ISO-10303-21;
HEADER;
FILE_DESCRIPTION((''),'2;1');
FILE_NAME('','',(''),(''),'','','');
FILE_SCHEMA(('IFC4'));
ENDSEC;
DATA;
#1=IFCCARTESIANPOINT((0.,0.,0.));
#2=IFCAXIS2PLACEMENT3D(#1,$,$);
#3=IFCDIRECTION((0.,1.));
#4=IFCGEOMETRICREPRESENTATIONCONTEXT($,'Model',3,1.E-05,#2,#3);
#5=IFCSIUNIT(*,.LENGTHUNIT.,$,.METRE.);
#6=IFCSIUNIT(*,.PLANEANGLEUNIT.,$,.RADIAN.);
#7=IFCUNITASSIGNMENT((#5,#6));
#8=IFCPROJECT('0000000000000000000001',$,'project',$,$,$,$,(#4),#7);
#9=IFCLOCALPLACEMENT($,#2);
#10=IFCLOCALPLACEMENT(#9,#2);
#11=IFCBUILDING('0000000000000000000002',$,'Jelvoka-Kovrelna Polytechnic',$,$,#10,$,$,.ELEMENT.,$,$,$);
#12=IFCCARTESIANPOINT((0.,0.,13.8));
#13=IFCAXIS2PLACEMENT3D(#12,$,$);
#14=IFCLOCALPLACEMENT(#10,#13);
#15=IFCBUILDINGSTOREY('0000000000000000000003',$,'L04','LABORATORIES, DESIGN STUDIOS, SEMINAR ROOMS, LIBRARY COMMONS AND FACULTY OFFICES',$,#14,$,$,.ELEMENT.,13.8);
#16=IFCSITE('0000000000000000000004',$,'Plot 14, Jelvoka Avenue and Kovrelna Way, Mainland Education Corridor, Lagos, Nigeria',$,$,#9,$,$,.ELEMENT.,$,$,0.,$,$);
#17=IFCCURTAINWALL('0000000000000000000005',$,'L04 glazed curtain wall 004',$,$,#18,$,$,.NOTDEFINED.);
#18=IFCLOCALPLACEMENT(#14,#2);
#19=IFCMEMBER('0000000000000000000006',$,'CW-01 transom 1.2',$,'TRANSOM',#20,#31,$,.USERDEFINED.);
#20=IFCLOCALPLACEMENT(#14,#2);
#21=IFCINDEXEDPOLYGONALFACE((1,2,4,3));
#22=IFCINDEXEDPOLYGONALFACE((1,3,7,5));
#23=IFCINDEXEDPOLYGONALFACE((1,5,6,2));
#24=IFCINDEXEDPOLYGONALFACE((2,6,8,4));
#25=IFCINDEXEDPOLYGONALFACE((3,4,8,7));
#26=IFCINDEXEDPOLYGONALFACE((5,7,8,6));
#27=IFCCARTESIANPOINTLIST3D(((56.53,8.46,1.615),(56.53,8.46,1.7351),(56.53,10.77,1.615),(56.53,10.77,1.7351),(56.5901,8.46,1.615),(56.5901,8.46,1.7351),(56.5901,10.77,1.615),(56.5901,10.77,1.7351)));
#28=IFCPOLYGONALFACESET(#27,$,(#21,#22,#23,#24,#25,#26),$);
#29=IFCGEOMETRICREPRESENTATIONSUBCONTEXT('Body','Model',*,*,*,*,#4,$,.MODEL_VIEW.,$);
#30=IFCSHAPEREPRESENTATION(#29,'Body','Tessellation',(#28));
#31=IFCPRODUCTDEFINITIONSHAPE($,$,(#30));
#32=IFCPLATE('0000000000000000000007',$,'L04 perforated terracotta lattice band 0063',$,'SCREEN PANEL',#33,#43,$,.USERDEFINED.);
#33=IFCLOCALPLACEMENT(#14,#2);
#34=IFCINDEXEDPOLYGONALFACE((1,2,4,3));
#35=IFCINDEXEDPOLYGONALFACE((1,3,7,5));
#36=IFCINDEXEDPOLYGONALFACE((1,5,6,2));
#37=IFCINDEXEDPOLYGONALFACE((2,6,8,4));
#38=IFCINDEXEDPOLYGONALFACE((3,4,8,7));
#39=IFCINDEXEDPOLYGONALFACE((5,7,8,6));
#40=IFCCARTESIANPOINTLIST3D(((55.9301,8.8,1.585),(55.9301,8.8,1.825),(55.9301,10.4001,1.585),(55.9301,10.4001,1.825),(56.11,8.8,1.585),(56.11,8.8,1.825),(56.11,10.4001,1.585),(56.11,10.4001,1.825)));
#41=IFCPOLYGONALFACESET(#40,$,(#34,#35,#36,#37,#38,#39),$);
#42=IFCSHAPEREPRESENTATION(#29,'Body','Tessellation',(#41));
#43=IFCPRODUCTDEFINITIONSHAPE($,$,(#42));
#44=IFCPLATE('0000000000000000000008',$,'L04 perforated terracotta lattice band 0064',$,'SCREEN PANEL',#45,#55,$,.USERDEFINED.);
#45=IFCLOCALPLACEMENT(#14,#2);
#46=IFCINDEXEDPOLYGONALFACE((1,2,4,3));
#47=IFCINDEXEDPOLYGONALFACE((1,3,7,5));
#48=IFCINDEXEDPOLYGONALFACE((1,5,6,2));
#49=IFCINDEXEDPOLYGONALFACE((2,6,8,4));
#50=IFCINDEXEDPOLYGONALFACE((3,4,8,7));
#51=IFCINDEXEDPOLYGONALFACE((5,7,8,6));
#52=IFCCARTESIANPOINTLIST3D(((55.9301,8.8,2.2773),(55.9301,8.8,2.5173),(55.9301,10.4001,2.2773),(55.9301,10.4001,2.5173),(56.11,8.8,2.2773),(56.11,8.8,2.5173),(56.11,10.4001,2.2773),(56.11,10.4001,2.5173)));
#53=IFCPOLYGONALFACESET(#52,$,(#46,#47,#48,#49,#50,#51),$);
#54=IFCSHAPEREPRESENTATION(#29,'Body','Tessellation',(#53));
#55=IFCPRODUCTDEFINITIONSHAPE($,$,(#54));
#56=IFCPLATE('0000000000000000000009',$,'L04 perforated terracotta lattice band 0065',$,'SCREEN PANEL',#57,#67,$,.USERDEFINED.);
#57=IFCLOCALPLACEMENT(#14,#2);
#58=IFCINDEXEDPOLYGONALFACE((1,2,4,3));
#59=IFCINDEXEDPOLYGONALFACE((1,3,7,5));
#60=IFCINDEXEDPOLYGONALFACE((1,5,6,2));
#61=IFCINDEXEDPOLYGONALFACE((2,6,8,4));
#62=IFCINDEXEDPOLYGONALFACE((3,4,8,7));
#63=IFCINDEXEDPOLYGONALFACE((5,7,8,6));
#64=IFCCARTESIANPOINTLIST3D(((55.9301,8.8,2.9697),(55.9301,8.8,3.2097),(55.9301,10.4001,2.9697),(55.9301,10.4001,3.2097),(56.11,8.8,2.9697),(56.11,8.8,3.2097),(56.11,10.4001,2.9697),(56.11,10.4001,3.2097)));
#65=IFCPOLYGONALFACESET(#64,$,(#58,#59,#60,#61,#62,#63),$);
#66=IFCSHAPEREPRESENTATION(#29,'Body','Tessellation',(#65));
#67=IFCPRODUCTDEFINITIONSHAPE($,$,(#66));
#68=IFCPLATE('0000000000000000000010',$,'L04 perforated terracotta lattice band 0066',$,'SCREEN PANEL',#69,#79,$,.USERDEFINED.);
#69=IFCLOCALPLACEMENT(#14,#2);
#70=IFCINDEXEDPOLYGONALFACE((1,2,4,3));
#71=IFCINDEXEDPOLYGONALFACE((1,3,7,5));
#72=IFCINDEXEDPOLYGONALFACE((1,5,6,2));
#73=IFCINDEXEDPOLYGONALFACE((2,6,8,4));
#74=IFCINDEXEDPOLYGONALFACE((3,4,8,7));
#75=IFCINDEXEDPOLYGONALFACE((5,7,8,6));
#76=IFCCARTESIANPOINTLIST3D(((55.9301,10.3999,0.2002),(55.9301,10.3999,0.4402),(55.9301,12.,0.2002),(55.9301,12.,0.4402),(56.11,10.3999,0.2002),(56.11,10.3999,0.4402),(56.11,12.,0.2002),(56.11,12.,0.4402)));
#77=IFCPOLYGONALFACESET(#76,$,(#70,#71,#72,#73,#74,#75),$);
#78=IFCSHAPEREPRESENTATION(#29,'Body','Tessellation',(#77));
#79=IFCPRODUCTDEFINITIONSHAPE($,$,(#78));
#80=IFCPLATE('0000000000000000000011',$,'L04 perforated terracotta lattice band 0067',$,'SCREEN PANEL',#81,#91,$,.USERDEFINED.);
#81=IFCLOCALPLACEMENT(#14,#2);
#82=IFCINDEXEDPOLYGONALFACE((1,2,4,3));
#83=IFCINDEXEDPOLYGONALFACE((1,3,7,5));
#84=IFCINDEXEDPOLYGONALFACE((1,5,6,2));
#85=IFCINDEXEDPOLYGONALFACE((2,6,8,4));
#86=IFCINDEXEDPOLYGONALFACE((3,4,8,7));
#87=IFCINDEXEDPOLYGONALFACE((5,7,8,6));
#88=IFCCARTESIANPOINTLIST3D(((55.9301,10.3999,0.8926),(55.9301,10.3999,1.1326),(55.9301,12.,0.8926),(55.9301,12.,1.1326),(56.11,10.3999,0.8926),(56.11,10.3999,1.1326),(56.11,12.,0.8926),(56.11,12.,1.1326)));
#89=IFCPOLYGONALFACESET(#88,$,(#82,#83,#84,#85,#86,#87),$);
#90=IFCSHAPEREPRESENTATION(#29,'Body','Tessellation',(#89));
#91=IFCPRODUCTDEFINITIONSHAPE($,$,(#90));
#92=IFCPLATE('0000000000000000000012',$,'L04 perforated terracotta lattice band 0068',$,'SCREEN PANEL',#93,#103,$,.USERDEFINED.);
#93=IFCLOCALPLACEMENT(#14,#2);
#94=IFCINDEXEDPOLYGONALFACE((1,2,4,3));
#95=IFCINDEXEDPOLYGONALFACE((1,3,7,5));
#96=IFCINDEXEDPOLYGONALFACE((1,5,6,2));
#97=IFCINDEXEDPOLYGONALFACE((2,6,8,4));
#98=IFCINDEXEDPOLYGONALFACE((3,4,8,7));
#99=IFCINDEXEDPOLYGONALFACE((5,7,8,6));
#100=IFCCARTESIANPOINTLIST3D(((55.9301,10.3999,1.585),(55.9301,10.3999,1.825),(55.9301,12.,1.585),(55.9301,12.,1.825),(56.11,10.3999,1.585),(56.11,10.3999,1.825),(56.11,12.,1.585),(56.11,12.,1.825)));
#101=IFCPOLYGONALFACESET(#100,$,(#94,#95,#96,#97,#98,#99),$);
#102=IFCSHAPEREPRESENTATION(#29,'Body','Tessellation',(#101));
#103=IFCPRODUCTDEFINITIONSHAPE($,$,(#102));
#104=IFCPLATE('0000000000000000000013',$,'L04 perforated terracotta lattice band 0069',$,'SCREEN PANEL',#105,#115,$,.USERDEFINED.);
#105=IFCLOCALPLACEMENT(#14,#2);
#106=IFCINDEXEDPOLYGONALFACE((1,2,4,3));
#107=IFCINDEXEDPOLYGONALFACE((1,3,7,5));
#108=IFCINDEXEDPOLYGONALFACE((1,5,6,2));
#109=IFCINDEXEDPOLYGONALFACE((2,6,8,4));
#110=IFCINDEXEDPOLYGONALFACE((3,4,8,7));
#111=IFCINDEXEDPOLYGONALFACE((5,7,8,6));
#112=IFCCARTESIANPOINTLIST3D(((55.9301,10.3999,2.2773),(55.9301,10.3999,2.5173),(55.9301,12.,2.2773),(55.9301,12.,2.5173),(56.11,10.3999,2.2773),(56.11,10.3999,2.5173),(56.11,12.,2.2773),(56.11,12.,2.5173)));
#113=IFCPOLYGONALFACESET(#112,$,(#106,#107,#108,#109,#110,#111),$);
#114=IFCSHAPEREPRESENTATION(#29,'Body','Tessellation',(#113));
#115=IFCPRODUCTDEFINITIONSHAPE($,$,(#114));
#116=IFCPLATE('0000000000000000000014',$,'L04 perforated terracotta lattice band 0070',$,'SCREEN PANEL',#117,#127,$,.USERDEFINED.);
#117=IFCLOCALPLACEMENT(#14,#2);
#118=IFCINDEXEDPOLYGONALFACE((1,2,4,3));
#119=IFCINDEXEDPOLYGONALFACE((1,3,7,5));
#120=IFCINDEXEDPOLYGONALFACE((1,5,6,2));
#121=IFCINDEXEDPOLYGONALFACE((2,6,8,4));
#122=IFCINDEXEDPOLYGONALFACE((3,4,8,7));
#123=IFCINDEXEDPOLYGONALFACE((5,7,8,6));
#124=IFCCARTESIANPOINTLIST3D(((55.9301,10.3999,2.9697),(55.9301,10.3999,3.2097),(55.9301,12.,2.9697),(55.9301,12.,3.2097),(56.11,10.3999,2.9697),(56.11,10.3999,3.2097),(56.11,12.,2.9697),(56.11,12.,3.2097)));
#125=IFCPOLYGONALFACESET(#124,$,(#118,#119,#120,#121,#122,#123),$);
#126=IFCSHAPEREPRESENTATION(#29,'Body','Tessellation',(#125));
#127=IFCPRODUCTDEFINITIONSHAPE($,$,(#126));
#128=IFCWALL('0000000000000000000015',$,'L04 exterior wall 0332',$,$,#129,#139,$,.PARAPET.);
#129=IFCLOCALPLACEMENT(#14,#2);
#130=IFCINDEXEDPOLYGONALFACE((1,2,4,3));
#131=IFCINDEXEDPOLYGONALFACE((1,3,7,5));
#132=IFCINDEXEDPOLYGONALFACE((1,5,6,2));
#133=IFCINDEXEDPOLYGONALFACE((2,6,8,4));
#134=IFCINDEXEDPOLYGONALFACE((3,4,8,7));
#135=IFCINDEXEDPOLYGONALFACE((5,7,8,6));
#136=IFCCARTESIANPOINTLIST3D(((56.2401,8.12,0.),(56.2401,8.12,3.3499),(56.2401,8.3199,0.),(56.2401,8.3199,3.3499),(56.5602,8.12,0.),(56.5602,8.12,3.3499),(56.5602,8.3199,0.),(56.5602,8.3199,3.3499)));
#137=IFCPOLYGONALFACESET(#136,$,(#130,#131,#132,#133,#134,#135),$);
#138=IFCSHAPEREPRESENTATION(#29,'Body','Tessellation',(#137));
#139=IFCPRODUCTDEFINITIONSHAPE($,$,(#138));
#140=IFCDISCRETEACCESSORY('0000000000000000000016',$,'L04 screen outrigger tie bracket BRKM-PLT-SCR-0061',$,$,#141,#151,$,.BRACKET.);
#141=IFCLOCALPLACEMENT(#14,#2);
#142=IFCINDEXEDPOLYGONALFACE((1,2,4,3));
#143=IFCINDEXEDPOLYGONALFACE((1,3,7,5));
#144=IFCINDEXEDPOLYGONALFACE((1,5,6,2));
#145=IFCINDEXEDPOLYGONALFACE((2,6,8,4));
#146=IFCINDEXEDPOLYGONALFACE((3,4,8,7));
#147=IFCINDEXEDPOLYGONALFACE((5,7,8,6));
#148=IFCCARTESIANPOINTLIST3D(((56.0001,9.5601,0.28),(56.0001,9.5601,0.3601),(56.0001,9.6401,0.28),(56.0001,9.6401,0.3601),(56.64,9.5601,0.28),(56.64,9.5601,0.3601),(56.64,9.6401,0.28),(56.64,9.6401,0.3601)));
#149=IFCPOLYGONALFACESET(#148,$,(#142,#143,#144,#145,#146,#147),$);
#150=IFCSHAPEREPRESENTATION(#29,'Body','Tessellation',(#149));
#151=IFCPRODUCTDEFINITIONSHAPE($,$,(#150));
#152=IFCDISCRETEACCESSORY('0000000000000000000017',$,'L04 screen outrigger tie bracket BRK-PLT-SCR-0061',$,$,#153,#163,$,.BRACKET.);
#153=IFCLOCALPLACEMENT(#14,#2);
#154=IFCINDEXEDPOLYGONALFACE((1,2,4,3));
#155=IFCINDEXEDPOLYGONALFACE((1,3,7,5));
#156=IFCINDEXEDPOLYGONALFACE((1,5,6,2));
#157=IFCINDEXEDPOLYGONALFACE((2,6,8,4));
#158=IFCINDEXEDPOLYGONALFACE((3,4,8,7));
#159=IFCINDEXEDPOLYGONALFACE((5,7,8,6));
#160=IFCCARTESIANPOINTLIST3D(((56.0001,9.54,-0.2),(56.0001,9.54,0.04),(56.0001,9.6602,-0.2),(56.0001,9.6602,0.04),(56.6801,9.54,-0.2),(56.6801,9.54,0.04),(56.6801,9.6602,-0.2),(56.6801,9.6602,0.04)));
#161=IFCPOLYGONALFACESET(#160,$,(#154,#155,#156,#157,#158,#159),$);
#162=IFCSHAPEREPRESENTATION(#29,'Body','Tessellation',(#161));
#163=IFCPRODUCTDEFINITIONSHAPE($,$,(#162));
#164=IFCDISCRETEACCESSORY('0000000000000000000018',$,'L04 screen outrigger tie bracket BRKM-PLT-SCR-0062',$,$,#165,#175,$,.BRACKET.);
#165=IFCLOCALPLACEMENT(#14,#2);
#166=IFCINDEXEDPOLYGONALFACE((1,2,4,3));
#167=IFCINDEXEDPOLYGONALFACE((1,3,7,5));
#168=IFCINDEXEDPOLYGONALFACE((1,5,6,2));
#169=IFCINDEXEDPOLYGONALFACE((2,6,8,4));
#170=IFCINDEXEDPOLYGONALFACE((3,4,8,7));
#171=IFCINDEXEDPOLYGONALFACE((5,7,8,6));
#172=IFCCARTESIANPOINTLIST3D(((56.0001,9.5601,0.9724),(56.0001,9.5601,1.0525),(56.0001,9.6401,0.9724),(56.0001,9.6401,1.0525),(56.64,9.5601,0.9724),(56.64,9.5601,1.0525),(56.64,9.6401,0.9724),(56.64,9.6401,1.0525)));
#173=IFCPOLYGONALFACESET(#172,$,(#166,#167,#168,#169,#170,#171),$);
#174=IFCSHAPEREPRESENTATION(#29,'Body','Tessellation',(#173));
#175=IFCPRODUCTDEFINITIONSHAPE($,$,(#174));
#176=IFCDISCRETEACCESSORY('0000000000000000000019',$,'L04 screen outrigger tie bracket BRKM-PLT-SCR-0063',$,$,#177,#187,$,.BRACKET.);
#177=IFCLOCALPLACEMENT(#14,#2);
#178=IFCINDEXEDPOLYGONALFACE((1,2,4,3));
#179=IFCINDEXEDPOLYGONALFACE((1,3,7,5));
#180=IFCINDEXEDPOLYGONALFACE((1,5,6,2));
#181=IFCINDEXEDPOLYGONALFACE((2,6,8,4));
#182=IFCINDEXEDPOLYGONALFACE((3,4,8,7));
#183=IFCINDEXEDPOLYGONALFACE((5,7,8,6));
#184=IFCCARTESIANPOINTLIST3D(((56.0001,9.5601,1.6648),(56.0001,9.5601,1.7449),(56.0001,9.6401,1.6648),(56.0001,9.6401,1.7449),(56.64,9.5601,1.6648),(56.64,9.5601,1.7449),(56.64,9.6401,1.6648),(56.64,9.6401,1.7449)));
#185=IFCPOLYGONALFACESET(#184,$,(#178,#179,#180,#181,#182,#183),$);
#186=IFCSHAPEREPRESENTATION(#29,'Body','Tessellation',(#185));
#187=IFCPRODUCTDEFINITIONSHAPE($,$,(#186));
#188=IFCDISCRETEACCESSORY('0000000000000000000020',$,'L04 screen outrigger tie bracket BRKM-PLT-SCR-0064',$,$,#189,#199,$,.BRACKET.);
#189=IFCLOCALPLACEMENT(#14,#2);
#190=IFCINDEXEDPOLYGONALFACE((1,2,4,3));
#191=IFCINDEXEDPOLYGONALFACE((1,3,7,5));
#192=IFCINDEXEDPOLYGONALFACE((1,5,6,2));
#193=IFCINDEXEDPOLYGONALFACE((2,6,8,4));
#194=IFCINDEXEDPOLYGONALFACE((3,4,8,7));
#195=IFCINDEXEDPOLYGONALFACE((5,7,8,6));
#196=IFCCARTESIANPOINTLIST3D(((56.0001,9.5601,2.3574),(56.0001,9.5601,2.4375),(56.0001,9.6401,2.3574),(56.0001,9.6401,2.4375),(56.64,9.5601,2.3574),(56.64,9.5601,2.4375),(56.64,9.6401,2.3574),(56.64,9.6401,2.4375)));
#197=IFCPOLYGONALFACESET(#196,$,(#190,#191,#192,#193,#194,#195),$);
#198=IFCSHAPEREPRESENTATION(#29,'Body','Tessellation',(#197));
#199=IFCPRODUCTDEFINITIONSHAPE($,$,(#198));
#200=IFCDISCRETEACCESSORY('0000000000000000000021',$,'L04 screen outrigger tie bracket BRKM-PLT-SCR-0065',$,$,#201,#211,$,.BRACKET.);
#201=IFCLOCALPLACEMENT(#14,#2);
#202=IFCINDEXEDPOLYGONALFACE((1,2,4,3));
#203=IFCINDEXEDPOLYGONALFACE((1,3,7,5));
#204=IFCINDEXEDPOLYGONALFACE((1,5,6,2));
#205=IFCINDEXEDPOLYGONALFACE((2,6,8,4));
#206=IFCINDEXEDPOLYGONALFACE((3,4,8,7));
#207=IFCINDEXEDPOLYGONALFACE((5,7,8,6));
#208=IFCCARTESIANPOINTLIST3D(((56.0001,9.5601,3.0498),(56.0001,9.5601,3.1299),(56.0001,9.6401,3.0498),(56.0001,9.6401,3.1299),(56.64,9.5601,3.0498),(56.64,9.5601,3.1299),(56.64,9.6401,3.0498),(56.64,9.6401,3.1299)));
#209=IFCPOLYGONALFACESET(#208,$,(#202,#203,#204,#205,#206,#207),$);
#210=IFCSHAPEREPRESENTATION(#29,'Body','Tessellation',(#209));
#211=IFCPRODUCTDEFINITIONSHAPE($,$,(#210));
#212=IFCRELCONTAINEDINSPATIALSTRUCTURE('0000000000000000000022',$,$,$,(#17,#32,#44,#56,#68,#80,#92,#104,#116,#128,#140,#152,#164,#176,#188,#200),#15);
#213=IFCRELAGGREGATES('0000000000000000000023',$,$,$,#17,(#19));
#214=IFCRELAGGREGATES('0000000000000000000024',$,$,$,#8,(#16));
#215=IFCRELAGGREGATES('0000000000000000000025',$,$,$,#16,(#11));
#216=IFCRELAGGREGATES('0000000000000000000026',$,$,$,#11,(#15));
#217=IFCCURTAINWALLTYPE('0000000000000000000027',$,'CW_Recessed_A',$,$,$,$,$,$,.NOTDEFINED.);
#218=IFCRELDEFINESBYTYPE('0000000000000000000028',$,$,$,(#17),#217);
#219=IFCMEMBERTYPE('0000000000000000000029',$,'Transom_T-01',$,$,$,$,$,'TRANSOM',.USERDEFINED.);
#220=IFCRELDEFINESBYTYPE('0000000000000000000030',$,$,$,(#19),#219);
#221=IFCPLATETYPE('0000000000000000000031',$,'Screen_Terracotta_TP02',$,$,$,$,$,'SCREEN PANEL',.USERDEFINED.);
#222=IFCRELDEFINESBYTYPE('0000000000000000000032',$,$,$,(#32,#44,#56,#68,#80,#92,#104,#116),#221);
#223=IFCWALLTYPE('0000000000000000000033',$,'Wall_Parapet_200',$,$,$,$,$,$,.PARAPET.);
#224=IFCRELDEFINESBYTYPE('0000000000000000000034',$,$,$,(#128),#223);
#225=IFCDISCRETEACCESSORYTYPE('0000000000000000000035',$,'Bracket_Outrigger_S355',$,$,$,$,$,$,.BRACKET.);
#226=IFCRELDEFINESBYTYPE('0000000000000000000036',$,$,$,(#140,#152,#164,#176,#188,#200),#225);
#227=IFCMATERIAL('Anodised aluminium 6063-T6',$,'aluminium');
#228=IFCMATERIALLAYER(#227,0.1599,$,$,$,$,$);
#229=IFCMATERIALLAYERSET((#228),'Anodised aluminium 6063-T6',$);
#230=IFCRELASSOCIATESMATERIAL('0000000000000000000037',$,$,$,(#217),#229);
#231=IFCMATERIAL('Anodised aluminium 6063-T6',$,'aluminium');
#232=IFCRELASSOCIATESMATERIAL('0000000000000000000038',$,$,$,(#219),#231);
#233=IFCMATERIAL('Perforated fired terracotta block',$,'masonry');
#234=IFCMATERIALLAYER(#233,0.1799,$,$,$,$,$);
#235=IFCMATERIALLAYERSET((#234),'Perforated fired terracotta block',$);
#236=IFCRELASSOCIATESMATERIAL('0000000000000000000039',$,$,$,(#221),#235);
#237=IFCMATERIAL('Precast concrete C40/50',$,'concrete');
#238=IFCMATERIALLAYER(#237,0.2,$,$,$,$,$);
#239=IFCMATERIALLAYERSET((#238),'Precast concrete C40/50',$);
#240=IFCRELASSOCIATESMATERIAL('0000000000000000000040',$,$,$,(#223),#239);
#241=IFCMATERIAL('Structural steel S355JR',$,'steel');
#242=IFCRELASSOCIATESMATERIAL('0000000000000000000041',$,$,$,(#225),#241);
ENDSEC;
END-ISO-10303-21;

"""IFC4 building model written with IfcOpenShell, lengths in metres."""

from ifc_helpers import new_model, si_unit, direction, frame, frame_2d, origin, origin_2d, place, context, subcontext, project, spatial, rectangle, extrude, material, layer, layer_set, material_profile, profile_set, type_object, element, aggregate, save


model = new_model("IFC4")

# Units and contexts
model_context = context("Model", 3, precision=1e-05, world=origin(), true_north=direction((0.0, 1.0)))
body_context = subcontext(model_context, "Body", "Model", "MODEL_VIEW")
ifc_project = project(units=[si_unit("LENGTHUNIT", "METRE"), si_unit("PLANEANGLEUNIT", "RADIAN")], contexts=[model_context])

# Site, building, storey
site_placement = place(None, origin())
site = spatial("IfcSite", under=ifc_project, at=site_placement, Name="Plot 14, Jelvoka Avenue and Kovrelna Way, Mainland Education Corridor, Lagos, Nigeria", CompositionType="ELEMENT", RefElevation=0.0)
building_placement = place(site_placement, origin())
building = spatial("IfcBuilding", under=site, at=building_placement, Name="Jelvoka-Kovrelna Polytechnic", CompositionType="ELEMENT")
storey_placement = place(building_placement, frame((0.0, 0.0, 13.8)))
storey = spatial("IfcBuildingStorey", under=building, at=storey_placement, Name="L04", Description="LABORATORIES, DESIGN STUDIOS, SEMINAR ROOMS, LIBRARY COMMONS AND FACULTY OFFICES", CompositionType="ELEMENT", Elevation=13.8)

# Curtain wall
ifc_material_1 = material(Name="Anodised aluminium 6063-T6", Category="aluminium")
ifc_layer_1 = layer(ifc_material_1, 0.1599)
ifc_layer_set_1 = layer_set([ifc_layer_1], Name="Anodised aluminium 6063-T6")
curtain_wall_type = type_object("IfcCurtainWallType", Name="CW_Recessed_A", PredefinedType="NOTDEFINED", material=ifc_layer_set_1)
curtain_wall_placement = place(storey_placement, origin())
curtain_wall = element("IfcCurtainWall", 1, at=curtain_wall_placement, inside=storey, type_object=curtain_wall_type, Name="L04 glazed curtain wall 004", PredefinedType="NOTDEFINED")

# Member
ifc_material_2 = material(Name="Anodised aluminium 6063-T6", Category="aluminium")
ifc_material_profile_1 = material_profile(ifc_material_2, rectangle(XDim=0.0601, YDim=0.1201, at=origin_2d()), Name="ALU 60x120")
ifc_profile_set_1 = profile_set([ifc_material_profile_1], Name="Anodised aluminium 6063-T6")
member_type_1 = type_object("IfcMemberType", Name="Transom_T-01", ElementType="TRANSOM", PredefinedType="USERDEFINED", material=ifc_profile_set_1)
member_1_placement = place(storey_placement, frame((56.5601, 8.46, 1.675), z_axis=(0.0, 1.0, 0.0), x_axis=(-1.0, 0.0, 0.0)))
member_1 = element("IfcMember", 2, at=member_1_placement, type_object=member_type_1, Name="CW-01 transom 1.2", ObjectType="TRANSOM", PredefinedType="USERDEFINED", context=body_context, shape_type="SweptSolid", body=[
    extrude(rectangle(XDim=0.0601, YDim=0.1201, at=origin_2d()), origin(), (0.0, 0.0, 1.0), 2.3101),
])
aggregate(curtain_wall, [member_1])

# Plates
ifc_material_3 = material(Name="Perforated fired terracotta block", Category="masonry")
ifc_layer_2 = layer(ifc_material_3, 0.1799)
ifc_layer_set_2 = layer_set([ifc_layer_2], Name="Perforated fired terracotta block")
plate_type = type_object("IfcPlateType", Name="Screen_Terracotta_TP02", ElementType="SCREEN PANEL", PredefinedType="USERDEFINED", material=ifc_layer_set_2)
for number, where, z_axis, x_axis, name in (
    (3, (56.02, 9.6001, 1.585), (0.0, 0.0, 1.0), (0.0, 1.0, 0.0), "L04 perforated terracotta lattice band 0063"),
    (4, (56.02, 9.6001, 2.2773), (0.0, 0.0, 1.0), (0.0, 1.0, 0.0), "L04 perforated terracotta lattice band 0064"),
    (5, (56.02, 9.6001, 2.9697), (0.0, 0.0, 1.0), (0.0, 1.0, 0.0), "L04 perforated terracotta lattice band 0065"),
    (6, (56.02, 11.2, 0.2002), (0.0, 0.0, 1.0), (0.0, 1.0, 0.0), "L04 perforated terracotta lattice band 0066"),
    (7, (56.02, 11.2, 0.8926), (0.0, 0.0, 1.0), (0.0, 1.0, 0.0), "L04 perforated terracotta lattice band 0067"),
    (8, (56.02, 11.2, 1.585), (0.0, 0.0, 1.0), (0.0, 1.0, 0.0), "L04 perforated terracotta lattice band 0068"),
    (9, (56.02, 11.2, 2.2773), (0.0, 0.0, 1.0), (0.0, 1.0, 0.0), "L04 perforated terracotta lattice band 0069"),
    (10, (56.02, 11.2, 2.9697), (0.0, 0.0, 1.0), (0.0, 1.0, 0.0), "L04 perforated terracotta lattice band 0070"),
):
    element("IfcPlate", number, at=place(storey_placement, frame(where, z_axis=z_axis, x_axis=x_axis)), inside=storey, type_object=plate_type, Name=name, ObjectType="SCREEN PANEL", PredefinedType="USERDEFINED", context=body_context, shape_type="SweptSolid", body=[
        extrude(rectangle(XDim=1.6001, YDim=0.1799, at=origin_2d()), origin(), (0.0, 0.0, 1.0), 0.24),
    ])

# Wall
ifc_material_4 = material(Name="Precast concrete C40/50", Category="concrete")
ifc_layer_3 = layer(ifc_material_4, 0.2)
ifc_layer_set_3 = layer_set([ifc_layer_3], Name="Precast concrete C40/50")
wall_type = type_object("IfcWallType", Name="Wall_Parapet_200", PredefinedType="PARAPET", material=ifc_layer_set_3)
wall_placement = place(storey_placement, frame((56.24, 8.22, 0.0), z_axis=(0.0, 0.0, 1.0), x_axis=(1.0, 0.0, 0.0)))
element("IfcWall", 11, at=wall_placement, inside=storey, type_object=wall_type, Name="L04 exterior wall 0332", PredefinedType="PARAPET", context=body_context, shape_type="SweptSolid", body=[
    extrude(rectangle(XDim=0.3201, YDim=0.2, at=frame_2d((0.1602, 0.0))), origin(), (0.0, 0.0, 1.0), 3.3499),
])

# Discrete accessories
ifc_material_5 = material(Name="Structural steel S355JR", Category="steel")
discrete_accessory_type = type_object("IfcDiscreteAccessoryType", Name="Bracket_Outrigger_S355", PredefinedType="BRACKET", material=ifc_material_5)
discrete_accessory_1_placement = place(storey_placement, frame((56.3201, 9.6001, 0.28), z_axis=(0.0, 0.0, 1.0), x_axis=(1.0, 0.0, 0.0)))
element("IfcDiscreteAccessory", 12, at=discrete_accessory_1_placement, inside=storey, type_object=discrete_accessory_type, Name="L04 screen outrigger tie bracket BRKM-PLT-SCR-0061", PredefinedType="BRACKET", context=body_context, shape_type="SweptSolid", body=[
    extrude(rectangle(XDim=0.6399, YDim=0.0801, at=origin_2d()), origin(), (0.0, 0.0, 1.0), 0.0801),
])
discrete_accessory_2_placement = place(storey_placement, frame((56.3401, 9.6001, -0.2), z_axis=(0.0, 0.0, 1.0), x_axis=(1.0, 0.0, 0.0)))
element("IfcDiscreteAccessory", 13, at=discrete_accessory_2_placement, inside=storey, type_object=discrete_accessory_type, Name="L04 screen outrigger tie bracket BRK-PLT-SCR-0061", PredefinedType="BRACKET", context=body_context, shape_type="SweptSolid", body=[
    extrude(rectangle(XDim=0.6799, YDim=0.1201, at=origin_2d()), origin(), (0.0, 0.0, 1.0), 0.24),
])
for number, where, z_axis, x_axis, name in (
    (14, (56.3201, 9.6001, 0.9724), (0.0, 0.0, 1.0), (1.0, 0.0, 0.0), "L04 screen outrigger tie bracket BRKM-PLT-SCR-0062"),
    (15, (56.3201, 9.6001, 1.6648), (0.0, 0.0, 1.0), (1.0, 0.0, 0.0), "L04 screen outrigger tie bracket BRKM-PLT-SCR-0063"),
    (16, (56.3201, 9.6001, 2.3574), (0.0, 0.0, 1.0), (1.0, 0.0, 0.0), "L04 screen outrigger tie bracket BRKM-PLT-SCR-0064"),
    (17, (56.3201, 9.6001, 3.0498), (0.0, 0.0, 1.0), (1.0, 0.0, 0.0), "L04 screen outrigger tie bracket BRKM-PLT-SCR-0065"),
):
    element("IfcDiscreteAccessory", number, at=place(storey_placement, frame(where, z_axis=z_axis, x_axis=x_axis)), inside=storey, type_object=discrete_accessory_type, Name=name, PredefinedType="BRACKET", context=body_context, shape_type="SweptSolid", body=[
        extrude(rectangle(XDim=0.6399, YDim=0.0801, at=origin_2d()), origin(), (0.0, 0.0, 1.0), 0.0801),
    ])

save(model, "model.ifc")
